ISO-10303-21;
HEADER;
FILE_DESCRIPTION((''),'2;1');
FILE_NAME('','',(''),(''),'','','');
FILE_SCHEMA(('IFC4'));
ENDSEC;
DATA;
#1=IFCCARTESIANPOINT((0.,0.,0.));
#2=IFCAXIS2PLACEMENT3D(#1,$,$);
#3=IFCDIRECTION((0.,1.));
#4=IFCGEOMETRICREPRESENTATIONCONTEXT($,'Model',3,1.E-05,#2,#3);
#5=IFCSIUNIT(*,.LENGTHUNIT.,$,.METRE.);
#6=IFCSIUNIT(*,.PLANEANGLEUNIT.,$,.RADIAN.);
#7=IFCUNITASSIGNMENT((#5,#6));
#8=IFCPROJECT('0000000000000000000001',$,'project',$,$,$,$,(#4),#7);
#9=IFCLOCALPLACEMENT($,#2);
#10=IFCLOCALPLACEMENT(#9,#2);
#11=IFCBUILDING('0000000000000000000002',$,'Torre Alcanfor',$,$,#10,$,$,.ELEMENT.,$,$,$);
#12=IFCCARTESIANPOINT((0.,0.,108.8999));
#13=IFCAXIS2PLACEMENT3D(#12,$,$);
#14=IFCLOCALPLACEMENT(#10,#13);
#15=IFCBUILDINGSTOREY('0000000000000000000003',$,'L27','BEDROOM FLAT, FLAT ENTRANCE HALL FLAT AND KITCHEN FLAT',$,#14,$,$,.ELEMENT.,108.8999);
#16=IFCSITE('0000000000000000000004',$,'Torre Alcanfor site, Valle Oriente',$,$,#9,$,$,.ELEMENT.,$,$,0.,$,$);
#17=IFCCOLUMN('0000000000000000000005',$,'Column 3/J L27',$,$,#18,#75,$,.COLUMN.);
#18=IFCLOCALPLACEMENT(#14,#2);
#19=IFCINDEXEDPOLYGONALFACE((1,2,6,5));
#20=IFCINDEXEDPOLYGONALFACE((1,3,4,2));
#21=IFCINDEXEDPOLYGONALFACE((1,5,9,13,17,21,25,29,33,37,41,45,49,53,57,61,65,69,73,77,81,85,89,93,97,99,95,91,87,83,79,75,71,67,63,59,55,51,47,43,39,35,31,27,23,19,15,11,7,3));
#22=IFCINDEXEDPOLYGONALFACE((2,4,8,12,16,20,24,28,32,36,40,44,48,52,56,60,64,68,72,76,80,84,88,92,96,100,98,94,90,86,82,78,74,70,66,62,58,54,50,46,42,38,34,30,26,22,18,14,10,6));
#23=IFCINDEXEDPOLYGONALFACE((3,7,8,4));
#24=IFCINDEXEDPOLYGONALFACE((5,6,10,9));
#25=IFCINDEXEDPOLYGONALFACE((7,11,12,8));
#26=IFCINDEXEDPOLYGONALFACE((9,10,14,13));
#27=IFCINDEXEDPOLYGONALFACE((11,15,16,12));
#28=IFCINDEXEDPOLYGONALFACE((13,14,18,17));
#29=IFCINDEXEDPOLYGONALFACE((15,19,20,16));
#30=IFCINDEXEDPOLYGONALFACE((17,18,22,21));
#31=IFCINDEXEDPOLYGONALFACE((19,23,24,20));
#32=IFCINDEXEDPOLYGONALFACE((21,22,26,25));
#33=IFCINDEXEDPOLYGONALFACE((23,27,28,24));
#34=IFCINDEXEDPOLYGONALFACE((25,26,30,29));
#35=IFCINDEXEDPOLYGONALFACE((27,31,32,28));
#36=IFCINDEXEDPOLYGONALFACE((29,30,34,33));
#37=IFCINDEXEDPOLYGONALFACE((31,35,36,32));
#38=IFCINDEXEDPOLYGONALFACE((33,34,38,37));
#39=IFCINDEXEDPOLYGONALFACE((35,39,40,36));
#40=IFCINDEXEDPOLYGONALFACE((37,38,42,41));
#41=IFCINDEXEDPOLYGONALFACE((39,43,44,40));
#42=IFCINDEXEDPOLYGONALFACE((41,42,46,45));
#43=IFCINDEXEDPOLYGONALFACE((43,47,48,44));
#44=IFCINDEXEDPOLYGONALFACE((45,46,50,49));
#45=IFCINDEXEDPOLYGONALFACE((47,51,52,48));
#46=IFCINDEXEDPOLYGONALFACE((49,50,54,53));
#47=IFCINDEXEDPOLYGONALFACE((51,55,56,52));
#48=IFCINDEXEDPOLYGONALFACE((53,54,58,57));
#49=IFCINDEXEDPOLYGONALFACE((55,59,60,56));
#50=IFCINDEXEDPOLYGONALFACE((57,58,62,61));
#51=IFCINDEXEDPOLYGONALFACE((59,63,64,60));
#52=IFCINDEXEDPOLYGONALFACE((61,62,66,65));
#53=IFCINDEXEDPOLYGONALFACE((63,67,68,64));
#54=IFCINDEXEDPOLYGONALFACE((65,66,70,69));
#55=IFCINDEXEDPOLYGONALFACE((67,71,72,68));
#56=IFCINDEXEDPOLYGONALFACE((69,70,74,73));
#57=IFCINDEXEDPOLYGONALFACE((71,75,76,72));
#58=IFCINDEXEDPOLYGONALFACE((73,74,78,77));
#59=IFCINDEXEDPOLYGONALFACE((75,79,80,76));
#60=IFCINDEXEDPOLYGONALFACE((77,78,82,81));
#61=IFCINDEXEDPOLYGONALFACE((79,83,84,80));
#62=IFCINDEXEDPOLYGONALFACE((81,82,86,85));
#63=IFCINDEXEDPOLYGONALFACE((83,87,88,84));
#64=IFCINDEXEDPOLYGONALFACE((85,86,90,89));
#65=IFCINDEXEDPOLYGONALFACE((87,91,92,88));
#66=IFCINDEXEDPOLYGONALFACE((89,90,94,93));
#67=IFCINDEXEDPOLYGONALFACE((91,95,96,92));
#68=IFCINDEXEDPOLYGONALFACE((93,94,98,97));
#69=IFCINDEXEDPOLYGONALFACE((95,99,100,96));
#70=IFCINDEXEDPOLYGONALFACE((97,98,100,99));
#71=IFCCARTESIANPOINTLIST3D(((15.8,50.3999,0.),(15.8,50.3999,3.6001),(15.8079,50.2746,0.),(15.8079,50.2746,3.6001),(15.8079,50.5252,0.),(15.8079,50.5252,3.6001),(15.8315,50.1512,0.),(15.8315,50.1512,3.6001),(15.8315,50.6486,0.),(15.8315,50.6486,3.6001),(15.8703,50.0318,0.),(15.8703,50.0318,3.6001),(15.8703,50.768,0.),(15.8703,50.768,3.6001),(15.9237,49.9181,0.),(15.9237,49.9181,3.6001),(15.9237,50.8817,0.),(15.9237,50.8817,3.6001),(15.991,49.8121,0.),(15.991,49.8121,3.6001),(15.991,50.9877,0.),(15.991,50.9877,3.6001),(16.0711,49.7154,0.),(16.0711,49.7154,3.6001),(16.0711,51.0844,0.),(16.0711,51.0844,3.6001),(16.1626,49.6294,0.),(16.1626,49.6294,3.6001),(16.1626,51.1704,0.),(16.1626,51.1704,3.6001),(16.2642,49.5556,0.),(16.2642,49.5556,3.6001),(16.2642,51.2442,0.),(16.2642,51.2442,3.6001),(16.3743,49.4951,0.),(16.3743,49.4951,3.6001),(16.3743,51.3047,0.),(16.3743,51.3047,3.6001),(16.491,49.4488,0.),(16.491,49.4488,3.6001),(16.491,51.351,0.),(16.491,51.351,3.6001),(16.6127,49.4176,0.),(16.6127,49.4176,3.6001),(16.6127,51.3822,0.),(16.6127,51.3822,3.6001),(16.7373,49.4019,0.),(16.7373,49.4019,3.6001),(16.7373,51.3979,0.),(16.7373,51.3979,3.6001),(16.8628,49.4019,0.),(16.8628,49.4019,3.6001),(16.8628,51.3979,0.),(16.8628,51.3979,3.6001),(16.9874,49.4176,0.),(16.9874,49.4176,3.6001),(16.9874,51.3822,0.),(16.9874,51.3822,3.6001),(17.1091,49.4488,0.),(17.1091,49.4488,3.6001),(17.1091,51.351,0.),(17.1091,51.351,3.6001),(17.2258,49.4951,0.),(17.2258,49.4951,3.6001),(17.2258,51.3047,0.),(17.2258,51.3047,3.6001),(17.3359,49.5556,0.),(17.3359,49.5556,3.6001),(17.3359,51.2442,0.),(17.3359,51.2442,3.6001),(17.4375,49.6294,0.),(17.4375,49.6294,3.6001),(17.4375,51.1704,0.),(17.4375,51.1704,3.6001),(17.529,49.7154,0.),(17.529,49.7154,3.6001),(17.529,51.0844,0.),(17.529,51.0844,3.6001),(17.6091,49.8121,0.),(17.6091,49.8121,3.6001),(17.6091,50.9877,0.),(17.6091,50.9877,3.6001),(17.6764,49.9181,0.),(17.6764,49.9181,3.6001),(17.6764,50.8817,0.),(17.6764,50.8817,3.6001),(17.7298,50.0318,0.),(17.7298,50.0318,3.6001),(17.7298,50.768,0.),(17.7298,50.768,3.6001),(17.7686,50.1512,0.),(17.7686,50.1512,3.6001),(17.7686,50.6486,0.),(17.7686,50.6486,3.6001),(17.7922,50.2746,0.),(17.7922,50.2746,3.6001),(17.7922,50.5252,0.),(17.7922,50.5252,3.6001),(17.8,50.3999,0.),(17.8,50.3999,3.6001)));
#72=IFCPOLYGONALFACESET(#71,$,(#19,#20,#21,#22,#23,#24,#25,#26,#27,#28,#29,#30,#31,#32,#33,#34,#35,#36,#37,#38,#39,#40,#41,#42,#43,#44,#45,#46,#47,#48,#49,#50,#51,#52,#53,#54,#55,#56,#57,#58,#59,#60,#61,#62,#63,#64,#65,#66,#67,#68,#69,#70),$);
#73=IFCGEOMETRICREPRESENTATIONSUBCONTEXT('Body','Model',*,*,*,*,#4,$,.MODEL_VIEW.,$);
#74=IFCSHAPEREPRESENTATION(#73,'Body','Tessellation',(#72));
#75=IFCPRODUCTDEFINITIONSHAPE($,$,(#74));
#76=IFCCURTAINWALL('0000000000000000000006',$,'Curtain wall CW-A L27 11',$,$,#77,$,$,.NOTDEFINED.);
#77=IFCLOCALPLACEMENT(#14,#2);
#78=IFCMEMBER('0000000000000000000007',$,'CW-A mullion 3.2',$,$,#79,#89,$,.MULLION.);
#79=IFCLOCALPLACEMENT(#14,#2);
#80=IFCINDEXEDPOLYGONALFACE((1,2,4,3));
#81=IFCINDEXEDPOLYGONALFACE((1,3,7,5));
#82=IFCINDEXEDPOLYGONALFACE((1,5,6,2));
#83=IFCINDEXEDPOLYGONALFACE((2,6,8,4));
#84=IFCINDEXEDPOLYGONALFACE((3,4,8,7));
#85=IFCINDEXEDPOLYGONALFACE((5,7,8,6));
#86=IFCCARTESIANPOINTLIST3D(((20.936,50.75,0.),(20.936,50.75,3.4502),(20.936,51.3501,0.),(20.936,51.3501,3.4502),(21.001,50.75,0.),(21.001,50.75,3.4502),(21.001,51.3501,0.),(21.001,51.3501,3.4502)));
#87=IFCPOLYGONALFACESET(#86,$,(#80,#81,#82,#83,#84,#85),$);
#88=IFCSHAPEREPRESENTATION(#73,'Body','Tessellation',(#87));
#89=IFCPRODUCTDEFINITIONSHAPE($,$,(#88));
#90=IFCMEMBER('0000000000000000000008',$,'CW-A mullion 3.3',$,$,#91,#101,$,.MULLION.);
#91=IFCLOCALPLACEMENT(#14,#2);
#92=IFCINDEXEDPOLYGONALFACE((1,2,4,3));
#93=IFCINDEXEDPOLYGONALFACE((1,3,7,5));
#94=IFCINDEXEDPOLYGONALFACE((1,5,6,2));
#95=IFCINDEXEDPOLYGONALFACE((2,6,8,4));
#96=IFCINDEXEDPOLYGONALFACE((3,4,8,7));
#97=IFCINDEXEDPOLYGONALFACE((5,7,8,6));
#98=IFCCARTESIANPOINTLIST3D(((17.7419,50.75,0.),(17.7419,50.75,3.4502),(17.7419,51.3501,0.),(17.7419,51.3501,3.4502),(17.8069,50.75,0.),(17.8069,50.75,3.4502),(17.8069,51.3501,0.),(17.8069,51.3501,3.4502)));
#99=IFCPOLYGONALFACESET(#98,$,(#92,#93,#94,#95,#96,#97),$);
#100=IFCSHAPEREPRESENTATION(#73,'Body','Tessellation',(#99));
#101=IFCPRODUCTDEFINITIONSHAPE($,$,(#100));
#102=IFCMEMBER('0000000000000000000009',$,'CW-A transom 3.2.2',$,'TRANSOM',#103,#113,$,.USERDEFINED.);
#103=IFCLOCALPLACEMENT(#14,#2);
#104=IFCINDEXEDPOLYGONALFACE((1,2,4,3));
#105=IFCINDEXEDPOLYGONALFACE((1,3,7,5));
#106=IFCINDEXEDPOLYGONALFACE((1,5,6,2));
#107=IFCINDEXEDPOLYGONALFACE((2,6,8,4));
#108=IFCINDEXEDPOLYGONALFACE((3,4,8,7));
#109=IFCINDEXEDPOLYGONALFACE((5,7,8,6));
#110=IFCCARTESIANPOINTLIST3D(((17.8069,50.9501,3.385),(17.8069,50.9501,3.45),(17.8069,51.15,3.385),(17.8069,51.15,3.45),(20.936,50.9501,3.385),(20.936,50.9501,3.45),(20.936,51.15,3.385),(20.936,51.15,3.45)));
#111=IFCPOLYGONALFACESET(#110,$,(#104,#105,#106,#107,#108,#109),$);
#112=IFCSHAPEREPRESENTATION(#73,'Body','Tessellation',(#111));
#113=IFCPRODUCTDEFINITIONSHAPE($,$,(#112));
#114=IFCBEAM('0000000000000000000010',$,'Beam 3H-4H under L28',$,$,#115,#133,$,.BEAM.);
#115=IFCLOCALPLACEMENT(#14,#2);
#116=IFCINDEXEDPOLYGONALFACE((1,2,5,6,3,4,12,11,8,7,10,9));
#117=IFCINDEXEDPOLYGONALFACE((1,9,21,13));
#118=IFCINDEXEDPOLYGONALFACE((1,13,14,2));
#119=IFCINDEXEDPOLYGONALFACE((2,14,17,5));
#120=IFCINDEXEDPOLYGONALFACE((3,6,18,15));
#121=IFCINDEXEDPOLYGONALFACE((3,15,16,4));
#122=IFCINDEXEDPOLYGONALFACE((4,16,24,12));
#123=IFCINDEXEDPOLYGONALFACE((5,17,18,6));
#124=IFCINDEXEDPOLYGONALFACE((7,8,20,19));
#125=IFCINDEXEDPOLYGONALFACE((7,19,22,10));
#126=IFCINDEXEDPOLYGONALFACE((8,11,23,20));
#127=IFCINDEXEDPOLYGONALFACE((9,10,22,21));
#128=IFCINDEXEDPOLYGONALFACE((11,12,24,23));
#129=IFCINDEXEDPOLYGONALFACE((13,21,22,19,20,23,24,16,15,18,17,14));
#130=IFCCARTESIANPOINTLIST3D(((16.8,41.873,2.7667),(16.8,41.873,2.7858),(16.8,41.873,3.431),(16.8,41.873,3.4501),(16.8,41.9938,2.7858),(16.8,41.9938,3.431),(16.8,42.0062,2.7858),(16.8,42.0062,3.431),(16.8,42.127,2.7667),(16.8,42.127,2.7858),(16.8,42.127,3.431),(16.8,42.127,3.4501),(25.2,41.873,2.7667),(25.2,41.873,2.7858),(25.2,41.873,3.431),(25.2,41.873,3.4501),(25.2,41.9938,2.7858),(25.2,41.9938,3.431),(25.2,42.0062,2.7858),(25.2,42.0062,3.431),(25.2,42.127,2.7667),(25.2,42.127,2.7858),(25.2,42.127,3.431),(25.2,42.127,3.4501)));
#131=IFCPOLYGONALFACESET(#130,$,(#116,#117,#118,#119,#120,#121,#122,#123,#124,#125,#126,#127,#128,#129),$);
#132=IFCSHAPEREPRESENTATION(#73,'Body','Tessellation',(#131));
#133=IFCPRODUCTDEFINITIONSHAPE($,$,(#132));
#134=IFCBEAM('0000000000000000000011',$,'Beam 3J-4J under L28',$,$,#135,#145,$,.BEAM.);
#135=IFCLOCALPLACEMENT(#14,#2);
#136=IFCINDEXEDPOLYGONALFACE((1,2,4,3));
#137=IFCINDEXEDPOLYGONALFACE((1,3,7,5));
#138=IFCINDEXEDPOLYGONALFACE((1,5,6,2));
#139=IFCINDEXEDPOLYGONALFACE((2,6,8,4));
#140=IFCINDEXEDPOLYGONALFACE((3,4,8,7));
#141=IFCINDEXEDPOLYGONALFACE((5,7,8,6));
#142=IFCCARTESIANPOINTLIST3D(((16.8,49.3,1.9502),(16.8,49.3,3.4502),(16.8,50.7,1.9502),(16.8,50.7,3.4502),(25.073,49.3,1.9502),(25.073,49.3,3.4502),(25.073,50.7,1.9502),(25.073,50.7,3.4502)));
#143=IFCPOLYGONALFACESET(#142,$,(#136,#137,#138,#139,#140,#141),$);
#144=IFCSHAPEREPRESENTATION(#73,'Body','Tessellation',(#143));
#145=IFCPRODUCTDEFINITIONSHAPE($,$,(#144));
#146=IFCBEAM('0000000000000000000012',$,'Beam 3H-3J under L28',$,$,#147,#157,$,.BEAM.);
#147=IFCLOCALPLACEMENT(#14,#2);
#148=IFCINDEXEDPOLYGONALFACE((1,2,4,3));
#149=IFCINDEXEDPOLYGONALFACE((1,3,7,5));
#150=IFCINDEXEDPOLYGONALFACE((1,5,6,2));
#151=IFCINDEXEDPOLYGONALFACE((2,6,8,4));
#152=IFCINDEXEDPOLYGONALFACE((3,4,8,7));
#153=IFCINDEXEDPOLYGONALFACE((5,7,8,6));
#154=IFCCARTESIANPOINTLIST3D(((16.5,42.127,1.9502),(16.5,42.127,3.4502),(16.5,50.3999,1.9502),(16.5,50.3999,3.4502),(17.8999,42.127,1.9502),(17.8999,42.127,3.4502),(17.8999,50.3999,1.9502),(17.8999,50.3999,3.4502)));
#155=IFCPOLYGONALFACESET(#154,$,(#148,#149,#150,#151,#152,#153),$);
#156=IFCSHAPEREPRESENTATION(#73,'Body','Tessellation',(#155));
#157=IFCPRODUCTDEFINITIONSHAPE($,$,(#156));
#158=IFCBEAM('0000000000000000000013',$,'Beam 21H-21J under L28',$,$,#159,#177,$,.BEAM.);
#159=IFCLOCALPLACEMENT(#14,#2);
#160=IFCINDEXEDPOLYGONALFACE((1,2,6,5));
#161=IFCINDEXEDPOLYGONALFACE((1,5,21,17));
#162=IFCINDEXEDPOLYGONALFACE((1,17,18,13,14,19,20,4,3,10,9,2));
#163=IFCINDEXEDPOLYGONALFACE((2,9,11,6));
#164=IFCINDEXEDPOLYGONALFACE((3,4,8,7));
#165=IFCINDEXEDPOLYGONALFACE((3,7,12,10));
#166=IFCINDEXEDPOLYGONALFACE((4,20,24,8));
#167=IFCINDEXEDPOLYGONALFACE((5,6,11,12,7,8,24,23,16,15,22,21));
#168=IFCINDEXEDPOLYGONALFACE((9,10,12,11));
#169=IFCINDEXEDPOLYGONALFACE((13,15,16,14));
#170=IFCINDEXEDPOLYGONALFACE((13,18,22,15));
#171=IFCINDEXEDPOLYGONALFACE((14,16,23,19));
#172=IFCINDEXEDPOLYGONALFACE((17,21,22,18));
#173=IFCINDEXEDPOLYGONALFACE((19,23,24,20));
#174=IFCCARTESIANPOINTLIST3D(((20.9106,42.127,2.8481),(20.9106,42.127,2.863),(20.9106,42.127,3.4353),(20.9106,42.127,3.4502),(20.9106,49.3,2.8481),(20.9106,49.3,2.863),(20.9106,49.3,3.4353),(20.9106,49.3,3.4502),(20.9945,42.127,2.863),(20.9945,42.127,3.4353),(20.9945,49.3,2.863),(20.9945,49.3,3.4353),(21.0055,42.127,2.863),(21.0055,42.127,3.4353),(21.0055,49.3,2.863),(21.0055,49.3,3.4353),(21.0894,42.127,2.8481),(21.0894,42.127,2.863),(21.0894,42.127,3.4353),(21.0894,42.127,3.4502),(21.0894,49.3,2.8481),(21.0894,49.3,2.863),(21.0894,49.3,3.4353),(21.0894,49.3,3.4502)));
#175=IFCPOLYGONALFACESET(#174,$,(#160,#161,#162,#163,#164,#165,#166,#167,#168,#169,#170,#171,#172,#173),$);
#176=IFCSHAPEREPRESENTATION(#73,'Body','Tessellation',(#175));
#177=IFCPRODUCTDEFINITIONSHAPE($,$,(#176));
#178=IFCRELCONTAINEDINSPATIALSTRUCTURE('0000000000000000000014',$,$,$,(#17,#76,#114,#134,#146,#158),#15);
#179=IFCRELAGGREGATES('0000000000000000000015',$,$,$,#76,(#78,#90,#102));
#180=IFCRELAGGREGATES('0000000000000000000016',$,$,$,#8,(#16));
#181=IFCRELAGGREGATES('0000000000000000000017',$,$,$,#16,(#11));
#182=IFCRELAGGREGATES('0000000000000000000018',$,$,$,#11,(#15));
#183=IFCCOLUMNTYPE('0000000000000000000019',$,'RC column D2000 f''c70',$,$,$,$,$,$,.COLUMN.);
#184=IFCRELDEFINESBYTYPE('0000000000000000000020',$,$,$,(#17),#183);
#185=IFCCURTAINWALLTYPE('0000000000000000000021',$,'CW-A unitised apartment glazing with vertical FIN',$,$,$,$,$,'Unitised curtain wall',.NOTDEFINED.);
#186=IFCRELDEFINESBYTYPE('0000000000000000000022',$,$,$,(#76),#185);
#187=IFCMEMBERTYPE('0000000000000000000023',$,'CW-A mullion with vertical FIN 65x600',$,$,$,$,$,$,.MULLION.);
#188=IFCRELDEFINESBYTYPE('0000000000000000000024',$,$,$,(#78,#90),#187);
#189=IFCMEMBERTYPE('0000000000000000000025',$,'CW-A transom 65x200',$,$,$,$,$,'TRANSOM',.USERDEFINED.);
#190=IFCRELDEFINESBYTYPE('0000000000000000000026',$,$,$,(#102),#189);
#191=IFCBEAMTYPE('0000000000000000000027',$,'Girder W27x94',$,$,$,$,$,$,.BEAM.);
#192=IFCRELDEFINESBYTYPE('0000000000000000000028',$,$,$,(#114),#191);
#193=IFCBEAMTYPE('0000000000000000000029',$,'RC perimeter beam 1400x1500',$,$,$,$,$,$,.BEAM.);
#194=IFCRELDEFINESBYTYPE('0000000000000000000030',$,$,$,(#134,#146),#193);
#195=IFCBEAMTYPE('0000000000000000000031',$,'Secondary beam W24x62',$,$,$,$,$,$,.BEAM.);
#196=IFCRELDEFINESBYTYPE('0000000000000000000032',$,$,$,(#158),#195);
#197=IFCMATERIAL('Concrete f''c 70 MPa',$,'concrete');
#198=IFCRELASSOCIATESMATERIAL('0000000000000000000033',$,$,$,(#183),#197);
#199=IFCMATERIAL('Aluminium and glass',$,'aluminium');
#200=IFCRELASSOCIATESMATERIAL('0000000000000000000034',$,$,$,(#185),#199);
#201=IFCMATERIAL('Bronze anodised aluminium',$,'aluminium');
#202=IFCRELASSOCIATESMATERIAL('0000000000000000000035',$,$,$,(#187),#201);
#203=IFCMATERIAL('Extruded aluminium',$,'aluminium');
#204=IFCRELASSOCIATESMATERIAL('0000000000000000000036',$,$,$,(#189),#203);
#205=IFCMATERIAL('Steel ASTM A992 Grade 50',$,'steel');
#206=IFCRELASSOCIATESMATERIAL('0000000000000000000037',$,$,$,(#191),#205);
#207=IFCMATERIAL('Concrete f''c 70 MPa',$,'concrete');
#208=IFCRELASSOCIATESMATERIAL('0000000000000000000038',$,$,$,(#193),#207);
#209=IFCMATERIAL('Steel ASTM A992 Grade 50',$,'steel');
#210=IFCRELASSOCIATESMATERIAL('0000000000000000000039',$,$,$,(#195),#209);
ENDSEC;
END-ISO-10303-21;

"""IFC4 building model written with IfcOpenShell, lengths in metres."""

from ifc_helpers import new_model, si_unit, direction, frame, origin, origin_2d, place, context, subcontext, project, spatial, rectangle, circle, i_section, extrude, material, material_profile, profile_set, type_object, element, aggregate, save


model = new_model("IFC4")

# Units and contexts
model_context = context("Model", 3, precision=1e-05, world=origin(), true_north=direction((0.0, 1.0)))
body_context = subcontext(model_context, "Body", "Model", "MODEL_VIEW")
ifc_project = project(units=[si_unit("LENGTHUNIT", "METRE"), si_unit("PLANEANGLEUNIT", "RADIAN")], contexts=[model_context])

# Site, building, storey
site_placement = place(None, origin())
site = spatial("IfcSite", under=ifc_project, at=site_placement, Name="Torre Alcanfor site, Valle Oriente", CompositionType="ELEMENT", RefElevation=0.0)
building_placement = place(site_placement, origin())
building = spatial("IfcBuilding", under=site, at=building_placement, Name="Torre Alcanfor", CompositionType="ELEMENT")
storey_placement = place(building_placement, frame((0.0, 0.0, 108.8999)))
storey = spatial("IfcBuildingStorey", under=building, at=storey_placement, Name="L27", Description="BEDROOM FLAT, FLAT ENTRANCE HALL FLAT AND KITCHEN FLAT", CompositionType="ELEMENT", Elevation=108.8999)

# Column
ifc_material_1 = material(Name="Concrete f'c 70 MPa", Category="concrete")
ifc_material_profile_1 = material_profile(ifc_material_1, circle(Radius=1.0, at=origin_2d()), Name="D2000")
ifc_profile_set_1 = profile_set([ifc_material_profile_1], Name="Concrete f'c 70 MPa")
column_type = type_object("IfcColumnType", Name="RC column D2000 f'c70", PredefinedType="COLUMN", material=ifc_profile_set_1)
column_placement = place(storey_placement, frame((16.8, 50.3999, 0.0), z_axis=(0.0, 0.0, 1.0), x_axis=(1.0, 0.0, 0.0)))
element("IfcColumn", 1, at=column_placement, inside=storey, type_object=column_type, Name="Column 3/J L27", PredefinedType="COLUMN", context=body_context, shape_type="SweptSolid", body=[
    extrude(circle(Radius=1.0, at=origin_2d()), origin(), (0.0, 0.0, 1.0), 3.6001),
])

# Curtain wall, members
ifc_material_2 = material(Name="Aluminium and glass", Category="aluminium")
curtain_wall_type = type_object("IfcCurtainWallType", Name="CW-A unitised apartment glazing with vertical FIN", ElementType="Unitised curtain wall", PredefinedType="NOTDEFINED", material=ifc_material_2)
curtain_wall_placement = place(storey_placement, origin())
curtain_wall = element("IfcCurtainWall", 2, at=curtain_wall_placement, inside=storey, type_object=curtain_wall_type, Name="Curtain wall CW-A L27 11", PredefinedType="NOTDEFINED")
ifc_material_3 = material(Name="Bronze anodised aluminium", Category="aluminium")
ifc_material_profile_2 = material_profile(ifc_material_3, rectangle(XDim=0.6001, YDim=0.0649, at=origin_2d()), Name="CW-A mullion 65x600")
ifc_profile_set_2 = profile_set([ifc_material_profile_2], Name="Bronze anodised aluminium")
member_type_1 = type_object("IfcMemberType", Name="CW-A mullion with vertical FIN 65x600", PredefinedType="MULLION", material=ifc_profile_set_2)
member_1_placement = place(storey_placement, frame((20.9685, 51.05, 0.0), z_axis=(0.0, 0.0, 1.0), x_axis=(0.0, -1.0, 0.0)))
member_1 = element("IfcMember", 3, at=member_1_placement, type_object=member_type_1, Name="CW-A mullion 3.2", PredefinedType="MULLION", context=body_context, shape_type="SweptSolid", body=[
    extrude(rectangle(XDim=0.6001, YDim=0.0649, at=origin_2d()), origin(), (0.0, 0.0, 1.0), 3.4502),
])
member_2_placement = place(storey_placement, frame((17.7744, 51.05, 0.0), z_axis=(0.0, 0.0, 1.0), x_axis=(0.0, -1.0, 0.0)))
member_2 = element("IfcMember", 4, at=member_2_placement, type_object=member_type_1, Name="CW-A mullion 3.3", PredefinedType="MULLION", context=body_context, shape_type="SweptSolid", body=[
    extrude(rectangle(XDim=0.6001, YDim=0.0649, at=origin_2d()), origin(), (0.0, 0.0, 1.0), 3.4502),
])
ifc_material_4 = material(Name="Extruded aluminium", Category="aluminium")
ifc_material_profile_3 = material_profile(ifc_material_4, rectangle(XDim=0.2, YDim=0.0649, at=origin_2d()), Name="CW-A transom 200x65")
ifc_profile_set_3 = profile_set([ifc_material_profile_3], Name="Extruded aluminium")
member_type_2 = type_object("IfcMemberType", Name="CW-A transom 65x200", ElementType="TRANSOM", PredefinedType="USERDEFINED", material=ifc_profile_set_3)
member_3_placement = place(storey_placement, frame((20.936, 51.05, 3.4175), z_axis=(-1.0, 0.0, 0.0), x_axis=(0.0, -1.0, 0.0)))
member_3 = element("IfcMember", 5, at=member_3_placement, type_object=member_type_2, Name="CW-A transom 3.2.2", ObjectType="TRANSOM", PredefinedType="USERDEFINED", context=body_context, shape_type="SweptSolid", body=[
    extrude(rectangle(XDim=0.2, YDim=0.0649, at=origin_2d()), origin(), (0.0, 0.0, 1.0), 3.1292),
])

# Beams
ifc_material_5 = material(Name="Steel ASTM A992 Grade 50", Category="steel")
ifc_material_profile_4 = material_profile(ifc_material_5, i_section(OverallWidth=0.2539, OverallDepth=0.6833, WebThickness=0.0125, FlangeThickness=0.019, at=origin_2d()), Name="W27x94")
ifc_profile_set_4 = profile_set([ifc_material_profile_4], Name="Steel ASTM A992 Grade 50")
beam_type_1 = type_object("IfcBeamType", Name="Girder W27x94", PredefinedType="BEAM", material=ifc_profile_set_4)
beam_1_placement = place(storey_placement, frame((16.8, 42.0, 3.1084), z_axis=(1.0, 0.0, 0.0), x_axis=(0.0, 1.0, 0.0)))
element("IfcBeam", 6, at=beam_1_placement, inside=storey, type_object=beam_type_1, Name="Beam 3H-4H under L28", PredefinedType="BEAM", context=body_context, shape_type="SweptSolid", body=[
    extrude(i_section(OverallWidth=0.2539, OverallDepth=0.6833, WebThickness=0.0125, FlangeThickness=0.019, at=origin_2d()), origin(), (0.0, 0.0, 1.0), 8.3999),
])
ifc_material_6 = material(Name="Concrete f'c 70 MPa", Category="concrete")
ifc_material_profile_5 = material_profile(ifc_material_6, rectangle(XDim=1.3999, YDim=1.5, at=origin_2d()), Name="1400x1500")
ifc_profile_set_5 = profile_set([ifc_material_profile_5], Name="Concrete f'c 70 MPa")
beam_type_2 = type_object("IfcBeamType", Name="RC perimeter beam 1400x1500", PredefinedType="BEAM", material=ifc_profile_set_5)
for number, where, z_axis, x_axis, name in (
    (7, (16.8, 50.0, 2.7002), (1.0, 0.0, 0.0), (0.0, 1.0, 0.0), "Beam 3J-4J under L28"),
    (8, (17.2, 42.127, 2.7002), (0.0, 1.0, 0.0), (-1.0, 0.0, 0.0), "Beam 3H-3J under L28"),
):
    element("IfcBeam", number, at=place(storey_placement, frame(where, z_axis=z_axis, x_axis=x_axis)), inside=storey, type_object=beam_type_2, Name=name, PredefinedType="BEAM", context=body_context, shape_type="SweptSolid", body=[
        extrude(rectangle(XDim=1.3999, YDim=1.5, at=origin_2d()), origin(), (0.0, 0.0, 1.0), 8.2729),
    ])
ifc_material_7 = material(Name="Steel ASTM A992 Grade 50", Category="steel")
ifc_material_profile_6 = material_profile(ifc_material_7, i_section(OverallWidth=0.1787, OverallDepth=0.6021, WebThickness=0.011, FlangeThickness=0.0149, at=origin_2d()), Name="W24x62")
ifc_profile_set_6 = profile_set([ifc_material_profile_6], Name="Steel ASTM A992 Grade 50")
beam_type_3 = type_object("IfcBeamType", Name="Secondary beam W24x62", PredefinedType="BEAM", material=ifc_profile_set_6)
beam_2_placement = place(storey_placement, frame((21.0, 42.127, 3.1492), z_axis=(0.0, 1.0, 0.0), x_axis=(-1.0, 0.0, 0.0)))
element("IfcBeam", 9, at=beam_2_placement, inside=storey, type_object=beam_type_3, Name="Beam 21H-21J under L28", PredefinedType="BEAM", context=body_context, shape_type="SweptSolid", body=[
    extrude(i_section(OverallWidth=0.1787, OverallDepth=0.6021, WebThickness=0.011, FlangeThickness=0.0149, at=origin_2d()), origin(), (0.0, 0.0, 1.0), 7.1731),
])

aggregate(curtain_wall, [member_1, member_2, member_3])

save(model, "model.ifc")
